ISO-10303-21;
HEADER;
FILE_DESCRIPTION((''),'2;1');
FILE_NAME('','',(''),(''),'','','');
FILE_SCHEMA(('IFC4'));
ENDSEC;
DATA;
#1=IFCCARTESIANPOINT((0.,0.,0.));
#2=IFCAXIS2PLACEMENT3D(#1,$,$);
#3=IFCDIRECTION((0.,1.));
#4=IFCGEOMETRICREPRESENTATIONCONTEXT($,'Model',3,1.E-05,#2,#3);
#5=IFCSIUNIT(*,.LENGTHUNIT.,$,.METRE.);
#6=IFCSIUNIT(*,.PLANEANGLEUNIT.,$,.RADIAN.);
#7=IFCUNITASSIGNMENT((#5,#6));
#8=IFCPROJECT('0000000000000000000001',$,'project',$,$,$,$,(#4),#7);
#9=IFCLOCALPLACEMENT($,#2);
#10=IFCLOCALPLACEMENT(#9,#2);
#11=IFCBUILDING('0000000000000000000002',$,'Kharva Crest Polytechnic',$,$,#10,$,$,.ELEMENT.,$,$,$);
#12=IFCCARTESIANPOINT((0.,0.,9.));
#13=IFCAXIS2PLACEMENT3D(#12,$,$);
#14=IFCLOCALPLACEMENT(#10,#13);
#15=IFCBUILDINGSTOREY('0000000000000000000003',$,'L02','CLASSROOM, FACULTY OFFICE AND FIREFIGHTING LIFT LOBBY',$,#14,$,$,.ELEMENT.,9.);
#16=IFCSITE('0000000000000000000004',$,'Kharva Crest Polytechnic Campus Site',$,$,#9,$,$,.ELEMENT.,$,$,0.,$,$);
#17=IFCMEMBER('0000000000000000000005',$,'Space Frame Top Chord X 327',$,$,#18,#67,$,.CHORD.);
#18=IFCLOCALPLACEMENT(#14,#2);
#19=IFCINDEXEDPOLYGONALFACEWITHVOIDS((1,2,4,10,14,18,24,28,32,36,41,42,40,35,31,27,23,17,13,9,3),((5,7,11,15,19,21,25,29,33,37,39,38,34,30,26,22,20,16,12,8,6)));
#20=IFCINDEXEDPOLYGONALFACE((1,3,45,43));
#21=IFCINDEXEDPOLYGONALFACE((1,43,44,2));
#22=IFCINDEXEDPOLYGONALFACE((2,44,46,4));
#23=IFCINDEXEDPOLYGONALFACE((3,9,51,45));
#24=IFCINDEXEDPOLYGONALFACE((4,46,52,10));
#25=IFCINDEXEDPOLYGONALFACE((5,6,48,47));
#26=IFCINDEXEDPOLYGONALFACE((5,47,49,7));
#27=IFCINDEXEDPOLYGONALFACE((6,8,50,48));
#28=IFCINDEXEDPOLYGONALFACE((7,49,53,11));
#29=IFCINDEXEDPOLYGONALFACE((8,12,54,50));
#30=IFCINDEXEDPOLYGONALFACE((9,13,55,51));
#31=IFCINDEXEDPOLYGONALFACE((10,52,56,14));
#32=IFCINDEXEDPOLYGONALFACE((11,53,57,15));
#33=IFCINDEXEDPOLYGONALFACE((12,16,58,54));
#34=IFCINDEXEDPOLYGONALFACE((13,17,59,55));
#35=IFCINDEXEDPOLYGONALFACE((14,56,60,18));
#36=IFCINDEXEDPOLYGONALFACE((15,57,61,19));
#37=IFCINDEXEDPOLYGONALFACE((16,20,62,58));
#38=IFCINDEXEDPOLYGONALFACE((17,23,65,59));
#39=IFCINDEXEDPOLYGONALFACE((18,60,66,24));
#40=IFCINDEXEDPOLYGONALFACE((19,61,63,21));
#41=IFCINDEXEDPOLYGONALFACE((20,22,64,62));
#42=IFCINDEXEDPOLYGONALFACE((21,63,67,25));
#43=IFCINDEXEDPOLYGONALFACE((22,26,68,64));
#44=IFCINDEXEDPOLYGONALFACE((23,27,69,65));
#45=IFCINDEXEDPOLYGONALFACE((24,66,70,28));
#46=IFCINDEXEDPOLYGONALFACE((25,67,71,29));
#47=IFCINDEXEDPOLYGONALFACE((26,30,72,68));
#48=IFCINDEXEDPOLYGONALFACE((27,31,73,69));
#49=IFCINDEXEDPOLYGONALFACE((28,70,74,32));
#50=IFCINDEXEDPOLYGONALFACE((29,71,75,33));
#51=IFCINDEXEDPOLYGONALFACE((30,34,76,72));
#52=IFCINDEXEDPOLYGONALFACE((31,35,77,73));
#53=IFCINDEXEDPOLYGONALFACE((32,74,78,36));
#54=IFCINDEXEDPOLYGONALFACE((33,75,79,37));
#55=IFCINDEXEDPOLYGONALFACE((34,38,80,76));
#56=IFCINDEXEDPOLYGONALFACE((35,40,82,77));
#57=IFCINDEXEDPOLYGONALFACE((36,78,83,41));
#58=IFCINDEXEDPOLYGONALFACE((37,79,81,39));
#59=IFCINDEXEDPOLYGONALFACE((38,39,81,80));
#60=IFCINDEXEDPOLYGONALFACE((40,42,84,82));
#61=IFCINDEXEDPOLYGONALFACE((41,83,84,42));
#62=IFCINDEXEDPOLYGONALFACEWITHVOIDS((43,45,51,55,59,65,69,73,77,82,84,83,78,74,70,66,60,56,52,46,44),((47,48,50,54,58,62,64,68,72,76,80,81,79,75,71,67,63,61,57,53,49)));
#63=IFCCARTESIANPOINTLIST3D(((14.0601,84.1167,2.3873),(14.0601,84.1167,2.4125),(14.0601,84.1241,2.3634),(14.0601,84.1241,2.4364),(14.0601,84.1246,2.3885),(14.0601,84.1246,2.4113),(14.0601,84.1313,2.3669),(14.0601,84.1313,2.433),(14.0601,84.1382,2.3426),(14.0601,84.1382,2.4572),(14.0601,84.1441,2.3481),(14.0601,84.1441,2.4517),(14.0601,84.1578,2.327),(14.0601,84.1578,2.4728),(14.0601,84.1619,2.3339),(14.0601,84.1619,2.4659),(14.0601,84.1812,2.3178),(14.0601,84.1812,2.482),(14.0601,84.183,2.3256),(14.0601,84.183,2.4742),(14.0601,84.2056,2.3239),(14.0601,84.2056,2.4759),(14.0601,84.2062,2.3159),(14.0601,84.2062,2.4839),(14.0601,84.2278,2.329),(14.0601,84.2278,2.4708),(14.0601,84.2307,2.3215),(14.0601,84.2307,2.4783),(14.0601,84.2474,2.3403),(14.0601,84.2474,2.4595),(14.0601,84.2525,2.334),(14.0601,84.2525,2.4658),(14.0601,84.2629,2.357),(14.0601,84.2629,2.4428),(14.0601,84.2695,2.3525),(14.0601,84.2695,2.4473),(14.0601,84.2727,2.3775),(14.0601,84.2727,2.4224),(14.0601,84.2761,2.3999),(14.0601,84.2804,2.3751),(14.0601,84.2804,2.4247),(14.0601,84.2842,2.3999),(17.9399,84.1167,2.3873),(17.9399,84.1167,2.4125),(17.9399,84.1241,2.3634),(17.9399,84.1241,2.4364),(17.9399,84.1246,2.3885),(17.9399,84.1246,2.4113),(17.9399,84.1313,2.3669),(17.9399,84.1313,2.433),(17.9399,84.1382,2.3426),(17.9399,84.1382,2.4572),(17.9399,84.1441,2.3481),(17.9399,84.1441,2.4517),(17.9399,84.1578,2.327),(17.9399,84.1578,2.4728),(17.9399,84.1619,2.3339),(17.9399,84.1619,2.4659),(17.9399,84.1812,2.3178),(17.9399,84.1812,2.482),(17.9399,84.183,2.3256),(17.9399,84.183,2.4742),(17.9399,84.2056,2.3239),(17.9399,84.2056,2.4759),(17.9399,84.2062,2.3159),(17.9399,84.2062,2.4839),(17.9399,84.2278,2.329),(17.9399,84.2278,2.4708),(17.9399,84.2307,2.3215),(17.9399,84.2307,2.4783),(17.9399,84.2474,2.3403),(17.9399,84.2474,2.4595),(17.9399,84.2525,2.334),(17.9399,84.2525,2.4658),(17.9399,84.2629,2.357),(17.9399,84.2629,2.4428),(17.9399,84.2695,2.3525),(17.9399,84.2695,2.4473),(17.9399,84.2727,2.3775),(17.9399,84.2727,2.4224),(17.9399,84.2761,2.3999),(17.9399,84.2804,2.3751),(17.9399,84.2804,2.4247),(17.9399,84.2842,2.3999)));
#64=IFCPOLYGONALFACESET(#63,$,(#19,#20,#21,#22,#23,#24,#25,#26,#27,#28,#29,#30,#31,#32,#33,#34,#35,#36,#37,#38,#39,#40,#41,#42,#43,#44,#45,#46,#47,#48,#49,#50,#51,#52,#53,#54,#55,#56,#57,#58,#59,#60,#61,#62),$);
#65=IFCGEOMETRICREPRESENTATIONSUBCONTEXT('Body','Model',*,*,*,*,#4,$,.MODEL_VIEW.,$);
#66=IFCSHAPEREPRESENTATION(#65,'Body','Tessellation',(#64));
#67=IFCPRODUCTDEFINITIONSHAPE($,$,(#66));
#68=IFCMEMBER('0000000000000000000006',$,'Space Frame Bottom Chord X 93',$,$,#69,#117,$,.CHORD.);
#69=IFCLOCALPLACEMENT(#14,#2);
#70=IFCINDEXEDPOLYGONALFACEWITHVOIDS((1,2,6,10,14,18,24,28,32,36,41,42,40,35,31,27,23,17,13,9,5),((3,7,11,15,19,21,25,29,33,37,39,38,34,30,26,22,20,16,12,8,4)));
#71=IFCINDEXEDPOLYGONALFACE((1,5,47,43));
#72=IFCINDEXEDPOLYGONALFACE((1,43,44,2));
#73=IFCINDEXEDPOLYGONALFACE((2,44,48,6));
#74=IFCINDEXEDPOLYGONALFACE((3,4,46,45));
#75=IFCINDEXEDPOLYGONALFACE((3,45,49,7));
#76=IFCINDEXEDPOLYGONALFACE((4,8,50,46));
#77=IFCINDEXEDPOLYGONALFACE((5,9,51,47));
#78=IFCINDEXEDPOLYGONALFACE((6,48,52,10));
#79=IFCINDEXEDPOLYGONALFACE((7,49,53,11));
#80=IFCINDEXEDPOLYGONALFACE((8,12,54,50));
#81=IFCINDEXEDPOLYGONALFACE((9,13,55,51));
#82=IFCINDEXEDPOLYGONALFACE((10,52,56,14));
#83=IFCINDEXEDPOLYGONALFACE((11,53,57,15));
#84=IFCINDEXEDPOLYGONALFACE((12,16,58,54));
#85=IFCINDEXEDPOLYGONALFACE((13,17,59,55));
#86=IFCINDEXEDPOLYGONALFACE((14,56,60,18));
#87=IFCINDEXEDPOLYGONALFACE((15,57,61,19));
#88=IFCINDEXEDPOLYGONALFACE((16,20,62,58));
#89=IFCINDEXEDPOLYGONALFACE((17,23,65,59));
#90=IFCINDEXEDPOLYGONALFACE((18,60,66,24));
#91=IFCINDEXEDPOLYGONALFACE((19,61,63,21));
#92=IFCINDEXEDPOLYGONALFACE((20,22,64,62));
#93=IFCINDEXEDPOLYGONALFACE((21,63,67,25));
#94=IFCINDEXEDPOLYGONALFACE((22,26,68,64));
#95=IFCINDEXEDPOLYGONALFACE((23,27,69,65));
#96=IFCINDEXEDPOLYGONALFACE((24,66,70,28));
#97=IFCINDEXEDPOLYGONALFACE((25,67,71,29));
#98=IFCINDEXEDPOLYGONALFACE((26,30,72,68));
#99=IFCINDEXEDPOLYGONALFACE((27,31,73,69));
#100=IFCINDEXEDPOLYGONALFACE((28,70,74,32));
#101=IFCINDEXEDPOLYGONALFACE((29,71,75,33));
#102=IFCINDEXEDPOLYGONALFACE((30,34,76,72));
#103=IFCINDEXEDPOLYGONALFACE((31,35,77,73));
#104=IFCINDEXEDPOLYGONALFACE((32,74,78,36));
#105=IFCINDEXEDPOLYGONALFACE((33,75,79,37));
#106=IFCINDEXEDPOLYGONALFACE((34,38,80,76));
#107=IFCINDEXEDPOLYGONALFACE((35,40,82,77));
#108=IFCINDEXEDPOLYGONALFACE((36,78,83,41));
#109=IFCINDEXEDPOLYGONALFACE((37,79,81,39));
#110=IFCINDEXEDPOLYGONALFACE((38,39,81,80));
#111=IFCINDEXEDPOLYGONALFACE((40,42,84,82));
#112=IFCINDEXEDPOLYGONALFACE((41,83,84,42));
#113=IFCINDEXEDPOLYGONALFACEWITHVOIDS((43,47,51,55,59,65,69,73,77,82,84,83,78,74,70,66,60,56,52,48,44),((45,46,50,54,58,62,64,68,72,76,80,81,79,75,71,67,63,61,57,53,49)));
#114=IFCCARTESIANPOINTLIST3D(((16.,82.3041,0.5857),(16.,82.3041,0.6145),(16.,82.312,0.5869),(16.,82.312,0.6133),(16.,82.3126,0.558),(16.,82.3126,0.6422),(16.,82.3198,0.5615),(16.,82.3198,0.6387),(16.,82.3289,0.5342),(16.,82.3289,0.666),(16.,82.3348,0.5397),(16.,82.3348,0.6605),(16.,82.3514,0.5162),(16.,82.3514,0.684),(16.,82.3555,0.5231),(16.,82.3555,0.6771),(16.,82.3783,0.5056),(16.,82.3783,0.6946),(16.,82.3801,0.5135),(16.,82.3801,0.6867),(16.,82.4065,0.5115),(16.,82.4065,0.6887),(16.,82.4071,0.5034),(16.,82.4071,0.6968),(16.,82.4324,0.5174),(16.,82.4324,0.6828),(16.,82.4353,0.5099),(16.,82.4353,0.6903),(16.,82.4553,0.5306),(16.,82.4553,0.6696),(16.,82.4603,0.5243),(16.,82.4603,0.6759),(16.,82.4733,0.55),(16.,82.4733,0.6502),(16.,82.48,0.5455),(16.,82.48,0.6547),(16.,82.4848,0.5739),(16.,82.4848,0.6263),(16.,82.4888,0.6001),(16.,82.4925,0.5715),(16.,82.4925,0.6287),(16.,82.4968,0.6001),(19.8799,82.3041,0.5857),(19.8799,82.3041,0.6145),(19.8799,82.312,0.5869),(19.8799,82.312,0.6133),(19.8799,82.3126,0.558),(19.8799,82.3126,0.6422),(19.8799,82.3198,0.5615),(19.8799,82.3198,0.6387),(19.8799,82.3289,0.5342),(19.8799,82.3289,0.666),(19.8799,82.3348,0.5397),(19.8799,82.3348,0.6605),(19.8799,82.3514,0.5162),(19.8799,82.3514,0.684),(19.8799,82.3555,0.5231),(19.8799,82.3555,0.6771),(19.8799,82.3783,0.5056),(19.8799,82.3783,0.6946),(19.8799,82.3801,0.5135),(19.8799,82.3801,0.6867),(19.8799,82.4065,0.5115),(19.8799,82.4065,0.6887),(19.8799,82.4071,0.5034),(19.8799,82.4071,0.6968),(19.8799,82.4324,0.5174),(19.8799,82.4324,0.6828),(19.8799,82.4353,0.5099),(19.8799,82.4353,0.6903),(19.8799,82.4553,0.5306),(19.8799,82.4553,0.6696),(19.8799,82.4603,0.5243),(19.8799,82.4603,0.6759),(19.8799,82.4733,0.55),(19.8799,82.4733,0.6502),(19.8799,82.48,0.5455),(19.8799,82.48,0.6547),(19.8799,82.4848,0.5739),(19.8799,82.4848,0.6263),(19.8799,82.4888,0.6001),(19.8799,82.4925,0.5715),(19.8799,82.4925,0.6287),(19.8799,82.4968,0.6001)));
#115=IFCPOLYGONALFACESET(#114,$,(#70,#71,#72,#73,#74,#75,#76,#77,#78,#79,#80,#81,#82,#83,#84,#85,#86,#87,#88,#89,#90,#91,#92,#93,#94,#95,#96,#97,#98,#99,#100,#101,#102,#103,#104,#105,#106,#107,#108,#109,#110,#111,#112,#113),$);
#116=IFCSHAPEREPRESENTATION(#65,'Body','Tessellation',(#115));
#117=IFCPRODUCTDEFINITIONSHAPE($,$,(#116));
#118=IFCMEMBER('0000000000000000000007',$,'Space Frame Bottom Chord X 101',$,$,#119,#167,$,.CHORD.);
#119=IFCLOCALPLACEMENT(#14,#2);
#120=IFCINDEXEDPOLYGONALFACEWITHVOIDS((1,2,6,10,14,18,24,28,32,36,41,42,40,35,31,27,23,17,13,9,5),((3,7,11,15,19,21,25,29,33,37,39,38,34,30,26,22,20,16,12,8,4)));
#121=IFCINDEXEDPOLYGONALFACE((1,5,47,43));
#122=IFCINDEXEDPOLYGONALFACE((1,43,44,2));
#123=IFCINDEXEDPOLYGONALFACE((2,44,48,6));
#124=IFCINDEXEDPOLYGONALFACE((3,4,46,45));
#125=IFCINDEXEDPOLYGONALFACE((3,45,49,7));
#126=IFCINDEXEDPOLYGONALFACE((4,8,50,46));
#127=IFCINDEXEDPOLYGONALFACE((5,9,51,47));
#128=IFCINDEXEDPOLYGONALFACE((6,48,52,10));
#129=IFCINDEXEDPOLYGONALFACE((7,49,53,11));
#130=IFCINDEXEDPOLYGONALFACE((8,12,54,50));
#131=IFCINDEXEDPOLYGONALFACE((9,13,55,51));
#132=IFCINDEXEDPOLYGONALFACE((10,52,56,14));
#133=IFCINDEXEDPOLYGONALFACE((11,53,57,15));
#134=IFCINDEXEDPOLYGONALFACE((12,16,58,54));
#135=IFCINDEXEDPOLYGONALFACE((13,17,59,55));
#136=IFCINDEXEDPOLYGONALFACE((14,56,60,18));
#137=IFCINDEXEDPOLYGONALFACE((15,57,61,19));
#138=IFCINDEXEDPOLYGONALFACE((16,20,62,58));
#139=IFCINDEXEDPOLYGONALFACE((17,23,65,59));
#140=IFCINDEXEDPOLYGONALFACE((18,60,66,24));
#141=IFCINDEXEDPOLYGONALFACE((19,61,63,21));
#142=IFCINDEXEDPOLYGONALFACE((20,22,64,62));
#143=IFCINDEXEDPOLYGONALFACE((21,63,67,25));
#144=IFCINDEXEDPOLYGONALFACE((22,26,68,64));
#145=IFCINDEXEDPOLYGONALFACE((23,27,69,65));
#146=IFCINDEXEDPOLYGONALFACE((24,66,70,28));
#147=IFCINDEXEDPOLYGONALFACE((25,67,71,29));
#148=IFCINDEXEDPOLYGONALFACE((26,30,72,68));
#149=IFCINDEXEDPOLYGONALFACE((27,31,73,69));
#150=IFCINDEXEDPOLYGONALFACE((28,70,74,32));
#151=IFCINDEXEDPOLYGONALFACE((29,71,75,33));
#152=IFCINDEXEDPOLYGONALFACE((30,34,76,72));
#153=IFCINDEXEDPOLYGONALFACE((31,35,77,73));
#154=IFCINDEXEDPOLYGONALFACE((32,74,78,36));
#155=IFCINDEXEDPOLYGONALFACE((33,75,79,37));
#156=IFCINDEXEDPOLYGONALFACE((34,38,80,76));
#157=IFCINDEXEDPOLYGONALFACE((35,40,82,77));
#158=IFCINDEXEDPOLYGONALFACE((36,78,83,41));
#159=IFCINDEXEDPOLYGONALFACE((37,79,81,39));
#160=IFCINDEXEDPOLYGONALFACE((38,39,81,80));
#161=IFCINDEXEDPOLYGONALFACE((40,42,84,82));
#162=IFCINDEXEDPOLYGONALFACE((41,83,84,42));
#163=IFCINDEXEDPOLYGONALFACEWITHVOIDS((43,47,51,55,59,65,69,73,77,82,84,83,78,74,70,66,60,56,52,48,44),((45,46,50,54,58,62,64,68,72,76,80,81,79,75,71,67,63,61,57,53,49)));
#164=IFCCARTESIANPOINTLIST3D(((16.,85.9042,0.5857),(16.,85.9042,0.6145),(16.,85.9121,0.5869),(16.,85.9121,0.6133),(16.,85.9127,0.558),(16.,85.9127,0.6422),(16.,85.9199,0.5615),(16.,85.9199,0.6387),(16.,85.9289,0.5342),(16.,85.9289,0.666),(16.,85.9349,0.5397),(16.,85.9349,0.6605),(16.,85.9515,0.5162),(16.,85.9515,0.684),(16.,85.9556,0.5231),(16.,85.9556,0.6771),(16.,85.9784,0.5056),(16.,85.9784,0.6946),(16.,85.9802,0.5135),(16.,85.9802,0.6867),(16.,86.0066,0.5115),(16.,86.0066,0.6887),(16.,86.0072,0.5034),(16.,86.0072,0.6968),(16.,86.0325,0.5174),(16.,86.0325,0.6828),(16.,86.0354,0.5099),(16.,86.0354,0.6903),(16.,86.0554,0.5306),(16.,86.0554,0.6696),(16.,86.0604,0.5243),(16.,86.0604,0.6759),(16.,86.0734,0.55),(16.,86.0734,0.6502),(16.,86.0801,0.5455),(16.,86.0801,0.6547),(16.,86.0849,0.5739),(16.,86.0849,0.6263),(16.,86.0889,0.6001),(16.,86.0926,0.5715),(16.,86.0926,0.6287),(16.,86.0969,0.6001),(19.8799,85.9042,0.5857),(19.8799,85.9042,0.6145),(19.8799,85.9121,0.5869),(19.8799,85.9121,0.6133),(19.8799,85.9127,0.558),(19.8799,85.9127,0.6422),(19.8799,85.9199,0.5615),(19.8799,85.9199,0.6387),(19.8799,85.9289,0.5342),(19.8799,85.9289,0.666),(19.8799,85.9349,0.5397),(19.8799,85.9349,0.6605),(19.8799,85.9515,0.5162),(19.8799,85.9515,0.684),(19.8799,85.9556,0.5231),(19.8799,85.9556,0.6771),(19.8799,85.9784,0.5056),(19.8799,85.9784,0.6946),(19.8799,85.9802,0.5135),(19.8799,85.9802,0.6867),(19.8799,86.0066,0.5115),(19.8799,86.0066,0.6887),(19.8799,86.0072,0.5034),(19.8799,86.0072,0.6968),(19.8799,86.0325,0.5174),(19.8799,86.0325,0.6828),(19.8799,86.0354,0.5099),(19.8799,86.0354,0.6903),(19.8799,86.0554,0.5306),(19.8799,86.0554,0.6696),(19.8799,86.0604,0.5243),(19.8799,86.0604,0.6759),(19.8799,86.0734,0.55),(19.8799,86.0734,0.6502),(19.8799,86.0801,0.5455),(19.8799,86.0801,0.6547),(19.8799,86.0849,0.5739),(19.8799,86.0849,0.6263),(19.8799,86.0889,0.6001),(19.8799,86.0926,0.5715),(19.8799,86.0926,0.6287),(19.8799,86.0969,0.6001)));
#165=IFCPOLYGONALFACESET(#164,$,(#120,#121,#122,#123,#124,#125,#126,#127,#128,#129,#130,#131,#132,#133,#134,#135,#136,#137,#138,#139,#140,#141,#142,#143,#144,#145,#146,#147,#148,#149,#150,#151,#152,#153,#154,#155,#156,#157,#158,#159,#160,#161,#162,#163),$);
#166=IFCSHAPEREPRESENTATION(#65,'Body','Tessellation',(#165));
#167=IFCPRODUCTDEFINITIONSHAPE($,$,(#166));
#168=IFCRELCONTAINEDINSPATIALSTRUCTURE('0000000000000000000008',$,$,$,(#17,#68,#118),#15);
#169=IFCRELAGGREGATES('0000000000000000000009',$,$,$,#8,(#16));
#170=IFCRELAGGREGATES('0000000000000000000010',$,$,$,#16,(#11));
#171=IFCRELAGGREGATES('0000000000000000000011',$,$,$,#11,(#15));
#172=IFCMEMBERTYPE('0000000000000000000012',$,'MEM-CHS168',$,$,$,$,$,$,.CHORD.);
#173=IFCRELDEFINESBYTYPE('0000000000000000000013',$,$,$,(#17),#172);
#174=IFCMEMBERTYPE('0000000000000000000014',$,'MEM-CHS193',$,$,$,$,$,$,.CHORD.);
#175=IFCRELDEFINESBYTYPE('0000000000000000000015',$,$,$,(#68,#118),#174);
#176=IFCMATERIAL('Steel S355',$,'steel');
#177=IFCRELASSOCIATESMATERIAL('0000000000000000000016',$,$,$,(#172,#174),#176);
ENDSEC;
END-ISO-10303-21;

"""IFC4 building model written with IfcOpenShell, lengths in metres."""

from ifc_helpers import new_model, si_unit, direction, frame, origin, origin_2d, place, context, subcontext, project, spatial, hollow_circle, extrude, material, material_profile, profile_set, type_object, element, save


model = new_model("IFC4")

# Units and contexts
model_context = context("Model", 3, precision=1e-05, world=origin(), true_north=direction((0.0, 1.0)))
body_context = subcontext(model_context, "Body", "Model", "MODEL_VIEW")
ifc_project = project(units=[si_unit("LENGTHUNIT", "METRE"), si_unit("PLANEANGLEUNIT", "RADIAN")], contexts=[model_context])

# Site, building, storey
site_placement = place(None, origin())
site = spatial("IfcSite", under=ifc_project, at=site_placement, Name="Kharva Crest Polytechnic Campus Site", CompositionType="ELEMENT", RefElevation=0.0)
building_placement = place(site_placement, origin())
building = spatial("IfcBuilding", under=site, at=building_placement, Name="Kharva Crest Polytechnic", CompositionType="ELEMENT")
storey_placement = place(building_placement, frame((0.0, 0.0, 9.0)))
storey = spatial("IfcBuildingStorey", under=building, at=storey_placement, Name="L02", Description="CLASSROOM, FACULTY OFFICE AND FIREFIGHTING LIFT LOBBY", CompositionType="ELEMENT", Elevation=9.0)

# Shared definitions
ifc_material_1 = material(Name="Steel S355", Category="steel")

# Members
ifc_material_profile_1 = material_profile(ifc_material_1, hollow_circle(Radius=0.0842, WallThickness=0.0081, at=origin_2d()), Name="CHS 168.3X8.0")
ifc_profile_set_1 = profile_set([ifc_material_profile_1], Name="Steel S355")
member_type_1 = type_object("IfcMemberType", Name="MEM-CHS168", PredefinedType="CHORD", material=ifc_profile_set_1)
for number, where, z_axis, x_axis, name in (
    (1, (14.0601, 84.2, 2.3999), (1.0, 0.0, 0.0), (0.0, 1.0, 0.0), "Space Frame Top Chord X 327"),
):
    element("IfcMember", number, at=place(storey_placement, frame(where, z_axis=z_axis, x_axis=x_axis)), inside=storey, type_object=member_type_1, Name=name, PredefinedType="CHORD", context=body_context, shape_type="SweptSolid", body=[
        extrude(hollow_circle(Radius=0.0842, WallThickness=0.0081, at=origin_2d()), origin(), (0.0, 0.0, 1.0), 3.8799),
    ])
ifc_material_profile_2 = material_profile(ifc_material_1, hollow_circle(Radius=0.0969, WallThickness=0.0081, at=origin_2d()), Name="CHS 193.7X8.0")
ifc_profile_set_2 = profile_set([ifc_material_profile_2], Name="Steel S355")
member_type_2 = type_object("IfcMemberType", Name="MEM-CHS193", PredefinedType="CHORD", material=ifc_profile_set_2)
for number, where, z_axis, x_axis, name in (
    (2, (16.0, 82.3999, 0.6001), (1.0, 0.0, 0.0), (0.0, 1.0, 0.0), "Space Frame Bottom Chord X 93"),
    (3, (16.0, 86.0, 0.6001), (1.0, 0.0, 0.0), (0.0, 1.0, 0.0), "Space Frame Bottom Chord X 101"),
):
    element("IfcMember", number, at=place(storey_placement, frame(where, z_axis=z_axis, x_axis=x_axis)), inside=storey, type_object=member_type_2, Name=name, PredefinedType="CHORD", context=body_context, shape_type="SweptSolid", body=[
        extrude(hollow_circle(Radius=0.0969, WallThickness=0.0081, at=origin_2d()), origin(), (0.0, 0.0, 1.0), 3.8799),
    ])

save(model, "model.ifc")
